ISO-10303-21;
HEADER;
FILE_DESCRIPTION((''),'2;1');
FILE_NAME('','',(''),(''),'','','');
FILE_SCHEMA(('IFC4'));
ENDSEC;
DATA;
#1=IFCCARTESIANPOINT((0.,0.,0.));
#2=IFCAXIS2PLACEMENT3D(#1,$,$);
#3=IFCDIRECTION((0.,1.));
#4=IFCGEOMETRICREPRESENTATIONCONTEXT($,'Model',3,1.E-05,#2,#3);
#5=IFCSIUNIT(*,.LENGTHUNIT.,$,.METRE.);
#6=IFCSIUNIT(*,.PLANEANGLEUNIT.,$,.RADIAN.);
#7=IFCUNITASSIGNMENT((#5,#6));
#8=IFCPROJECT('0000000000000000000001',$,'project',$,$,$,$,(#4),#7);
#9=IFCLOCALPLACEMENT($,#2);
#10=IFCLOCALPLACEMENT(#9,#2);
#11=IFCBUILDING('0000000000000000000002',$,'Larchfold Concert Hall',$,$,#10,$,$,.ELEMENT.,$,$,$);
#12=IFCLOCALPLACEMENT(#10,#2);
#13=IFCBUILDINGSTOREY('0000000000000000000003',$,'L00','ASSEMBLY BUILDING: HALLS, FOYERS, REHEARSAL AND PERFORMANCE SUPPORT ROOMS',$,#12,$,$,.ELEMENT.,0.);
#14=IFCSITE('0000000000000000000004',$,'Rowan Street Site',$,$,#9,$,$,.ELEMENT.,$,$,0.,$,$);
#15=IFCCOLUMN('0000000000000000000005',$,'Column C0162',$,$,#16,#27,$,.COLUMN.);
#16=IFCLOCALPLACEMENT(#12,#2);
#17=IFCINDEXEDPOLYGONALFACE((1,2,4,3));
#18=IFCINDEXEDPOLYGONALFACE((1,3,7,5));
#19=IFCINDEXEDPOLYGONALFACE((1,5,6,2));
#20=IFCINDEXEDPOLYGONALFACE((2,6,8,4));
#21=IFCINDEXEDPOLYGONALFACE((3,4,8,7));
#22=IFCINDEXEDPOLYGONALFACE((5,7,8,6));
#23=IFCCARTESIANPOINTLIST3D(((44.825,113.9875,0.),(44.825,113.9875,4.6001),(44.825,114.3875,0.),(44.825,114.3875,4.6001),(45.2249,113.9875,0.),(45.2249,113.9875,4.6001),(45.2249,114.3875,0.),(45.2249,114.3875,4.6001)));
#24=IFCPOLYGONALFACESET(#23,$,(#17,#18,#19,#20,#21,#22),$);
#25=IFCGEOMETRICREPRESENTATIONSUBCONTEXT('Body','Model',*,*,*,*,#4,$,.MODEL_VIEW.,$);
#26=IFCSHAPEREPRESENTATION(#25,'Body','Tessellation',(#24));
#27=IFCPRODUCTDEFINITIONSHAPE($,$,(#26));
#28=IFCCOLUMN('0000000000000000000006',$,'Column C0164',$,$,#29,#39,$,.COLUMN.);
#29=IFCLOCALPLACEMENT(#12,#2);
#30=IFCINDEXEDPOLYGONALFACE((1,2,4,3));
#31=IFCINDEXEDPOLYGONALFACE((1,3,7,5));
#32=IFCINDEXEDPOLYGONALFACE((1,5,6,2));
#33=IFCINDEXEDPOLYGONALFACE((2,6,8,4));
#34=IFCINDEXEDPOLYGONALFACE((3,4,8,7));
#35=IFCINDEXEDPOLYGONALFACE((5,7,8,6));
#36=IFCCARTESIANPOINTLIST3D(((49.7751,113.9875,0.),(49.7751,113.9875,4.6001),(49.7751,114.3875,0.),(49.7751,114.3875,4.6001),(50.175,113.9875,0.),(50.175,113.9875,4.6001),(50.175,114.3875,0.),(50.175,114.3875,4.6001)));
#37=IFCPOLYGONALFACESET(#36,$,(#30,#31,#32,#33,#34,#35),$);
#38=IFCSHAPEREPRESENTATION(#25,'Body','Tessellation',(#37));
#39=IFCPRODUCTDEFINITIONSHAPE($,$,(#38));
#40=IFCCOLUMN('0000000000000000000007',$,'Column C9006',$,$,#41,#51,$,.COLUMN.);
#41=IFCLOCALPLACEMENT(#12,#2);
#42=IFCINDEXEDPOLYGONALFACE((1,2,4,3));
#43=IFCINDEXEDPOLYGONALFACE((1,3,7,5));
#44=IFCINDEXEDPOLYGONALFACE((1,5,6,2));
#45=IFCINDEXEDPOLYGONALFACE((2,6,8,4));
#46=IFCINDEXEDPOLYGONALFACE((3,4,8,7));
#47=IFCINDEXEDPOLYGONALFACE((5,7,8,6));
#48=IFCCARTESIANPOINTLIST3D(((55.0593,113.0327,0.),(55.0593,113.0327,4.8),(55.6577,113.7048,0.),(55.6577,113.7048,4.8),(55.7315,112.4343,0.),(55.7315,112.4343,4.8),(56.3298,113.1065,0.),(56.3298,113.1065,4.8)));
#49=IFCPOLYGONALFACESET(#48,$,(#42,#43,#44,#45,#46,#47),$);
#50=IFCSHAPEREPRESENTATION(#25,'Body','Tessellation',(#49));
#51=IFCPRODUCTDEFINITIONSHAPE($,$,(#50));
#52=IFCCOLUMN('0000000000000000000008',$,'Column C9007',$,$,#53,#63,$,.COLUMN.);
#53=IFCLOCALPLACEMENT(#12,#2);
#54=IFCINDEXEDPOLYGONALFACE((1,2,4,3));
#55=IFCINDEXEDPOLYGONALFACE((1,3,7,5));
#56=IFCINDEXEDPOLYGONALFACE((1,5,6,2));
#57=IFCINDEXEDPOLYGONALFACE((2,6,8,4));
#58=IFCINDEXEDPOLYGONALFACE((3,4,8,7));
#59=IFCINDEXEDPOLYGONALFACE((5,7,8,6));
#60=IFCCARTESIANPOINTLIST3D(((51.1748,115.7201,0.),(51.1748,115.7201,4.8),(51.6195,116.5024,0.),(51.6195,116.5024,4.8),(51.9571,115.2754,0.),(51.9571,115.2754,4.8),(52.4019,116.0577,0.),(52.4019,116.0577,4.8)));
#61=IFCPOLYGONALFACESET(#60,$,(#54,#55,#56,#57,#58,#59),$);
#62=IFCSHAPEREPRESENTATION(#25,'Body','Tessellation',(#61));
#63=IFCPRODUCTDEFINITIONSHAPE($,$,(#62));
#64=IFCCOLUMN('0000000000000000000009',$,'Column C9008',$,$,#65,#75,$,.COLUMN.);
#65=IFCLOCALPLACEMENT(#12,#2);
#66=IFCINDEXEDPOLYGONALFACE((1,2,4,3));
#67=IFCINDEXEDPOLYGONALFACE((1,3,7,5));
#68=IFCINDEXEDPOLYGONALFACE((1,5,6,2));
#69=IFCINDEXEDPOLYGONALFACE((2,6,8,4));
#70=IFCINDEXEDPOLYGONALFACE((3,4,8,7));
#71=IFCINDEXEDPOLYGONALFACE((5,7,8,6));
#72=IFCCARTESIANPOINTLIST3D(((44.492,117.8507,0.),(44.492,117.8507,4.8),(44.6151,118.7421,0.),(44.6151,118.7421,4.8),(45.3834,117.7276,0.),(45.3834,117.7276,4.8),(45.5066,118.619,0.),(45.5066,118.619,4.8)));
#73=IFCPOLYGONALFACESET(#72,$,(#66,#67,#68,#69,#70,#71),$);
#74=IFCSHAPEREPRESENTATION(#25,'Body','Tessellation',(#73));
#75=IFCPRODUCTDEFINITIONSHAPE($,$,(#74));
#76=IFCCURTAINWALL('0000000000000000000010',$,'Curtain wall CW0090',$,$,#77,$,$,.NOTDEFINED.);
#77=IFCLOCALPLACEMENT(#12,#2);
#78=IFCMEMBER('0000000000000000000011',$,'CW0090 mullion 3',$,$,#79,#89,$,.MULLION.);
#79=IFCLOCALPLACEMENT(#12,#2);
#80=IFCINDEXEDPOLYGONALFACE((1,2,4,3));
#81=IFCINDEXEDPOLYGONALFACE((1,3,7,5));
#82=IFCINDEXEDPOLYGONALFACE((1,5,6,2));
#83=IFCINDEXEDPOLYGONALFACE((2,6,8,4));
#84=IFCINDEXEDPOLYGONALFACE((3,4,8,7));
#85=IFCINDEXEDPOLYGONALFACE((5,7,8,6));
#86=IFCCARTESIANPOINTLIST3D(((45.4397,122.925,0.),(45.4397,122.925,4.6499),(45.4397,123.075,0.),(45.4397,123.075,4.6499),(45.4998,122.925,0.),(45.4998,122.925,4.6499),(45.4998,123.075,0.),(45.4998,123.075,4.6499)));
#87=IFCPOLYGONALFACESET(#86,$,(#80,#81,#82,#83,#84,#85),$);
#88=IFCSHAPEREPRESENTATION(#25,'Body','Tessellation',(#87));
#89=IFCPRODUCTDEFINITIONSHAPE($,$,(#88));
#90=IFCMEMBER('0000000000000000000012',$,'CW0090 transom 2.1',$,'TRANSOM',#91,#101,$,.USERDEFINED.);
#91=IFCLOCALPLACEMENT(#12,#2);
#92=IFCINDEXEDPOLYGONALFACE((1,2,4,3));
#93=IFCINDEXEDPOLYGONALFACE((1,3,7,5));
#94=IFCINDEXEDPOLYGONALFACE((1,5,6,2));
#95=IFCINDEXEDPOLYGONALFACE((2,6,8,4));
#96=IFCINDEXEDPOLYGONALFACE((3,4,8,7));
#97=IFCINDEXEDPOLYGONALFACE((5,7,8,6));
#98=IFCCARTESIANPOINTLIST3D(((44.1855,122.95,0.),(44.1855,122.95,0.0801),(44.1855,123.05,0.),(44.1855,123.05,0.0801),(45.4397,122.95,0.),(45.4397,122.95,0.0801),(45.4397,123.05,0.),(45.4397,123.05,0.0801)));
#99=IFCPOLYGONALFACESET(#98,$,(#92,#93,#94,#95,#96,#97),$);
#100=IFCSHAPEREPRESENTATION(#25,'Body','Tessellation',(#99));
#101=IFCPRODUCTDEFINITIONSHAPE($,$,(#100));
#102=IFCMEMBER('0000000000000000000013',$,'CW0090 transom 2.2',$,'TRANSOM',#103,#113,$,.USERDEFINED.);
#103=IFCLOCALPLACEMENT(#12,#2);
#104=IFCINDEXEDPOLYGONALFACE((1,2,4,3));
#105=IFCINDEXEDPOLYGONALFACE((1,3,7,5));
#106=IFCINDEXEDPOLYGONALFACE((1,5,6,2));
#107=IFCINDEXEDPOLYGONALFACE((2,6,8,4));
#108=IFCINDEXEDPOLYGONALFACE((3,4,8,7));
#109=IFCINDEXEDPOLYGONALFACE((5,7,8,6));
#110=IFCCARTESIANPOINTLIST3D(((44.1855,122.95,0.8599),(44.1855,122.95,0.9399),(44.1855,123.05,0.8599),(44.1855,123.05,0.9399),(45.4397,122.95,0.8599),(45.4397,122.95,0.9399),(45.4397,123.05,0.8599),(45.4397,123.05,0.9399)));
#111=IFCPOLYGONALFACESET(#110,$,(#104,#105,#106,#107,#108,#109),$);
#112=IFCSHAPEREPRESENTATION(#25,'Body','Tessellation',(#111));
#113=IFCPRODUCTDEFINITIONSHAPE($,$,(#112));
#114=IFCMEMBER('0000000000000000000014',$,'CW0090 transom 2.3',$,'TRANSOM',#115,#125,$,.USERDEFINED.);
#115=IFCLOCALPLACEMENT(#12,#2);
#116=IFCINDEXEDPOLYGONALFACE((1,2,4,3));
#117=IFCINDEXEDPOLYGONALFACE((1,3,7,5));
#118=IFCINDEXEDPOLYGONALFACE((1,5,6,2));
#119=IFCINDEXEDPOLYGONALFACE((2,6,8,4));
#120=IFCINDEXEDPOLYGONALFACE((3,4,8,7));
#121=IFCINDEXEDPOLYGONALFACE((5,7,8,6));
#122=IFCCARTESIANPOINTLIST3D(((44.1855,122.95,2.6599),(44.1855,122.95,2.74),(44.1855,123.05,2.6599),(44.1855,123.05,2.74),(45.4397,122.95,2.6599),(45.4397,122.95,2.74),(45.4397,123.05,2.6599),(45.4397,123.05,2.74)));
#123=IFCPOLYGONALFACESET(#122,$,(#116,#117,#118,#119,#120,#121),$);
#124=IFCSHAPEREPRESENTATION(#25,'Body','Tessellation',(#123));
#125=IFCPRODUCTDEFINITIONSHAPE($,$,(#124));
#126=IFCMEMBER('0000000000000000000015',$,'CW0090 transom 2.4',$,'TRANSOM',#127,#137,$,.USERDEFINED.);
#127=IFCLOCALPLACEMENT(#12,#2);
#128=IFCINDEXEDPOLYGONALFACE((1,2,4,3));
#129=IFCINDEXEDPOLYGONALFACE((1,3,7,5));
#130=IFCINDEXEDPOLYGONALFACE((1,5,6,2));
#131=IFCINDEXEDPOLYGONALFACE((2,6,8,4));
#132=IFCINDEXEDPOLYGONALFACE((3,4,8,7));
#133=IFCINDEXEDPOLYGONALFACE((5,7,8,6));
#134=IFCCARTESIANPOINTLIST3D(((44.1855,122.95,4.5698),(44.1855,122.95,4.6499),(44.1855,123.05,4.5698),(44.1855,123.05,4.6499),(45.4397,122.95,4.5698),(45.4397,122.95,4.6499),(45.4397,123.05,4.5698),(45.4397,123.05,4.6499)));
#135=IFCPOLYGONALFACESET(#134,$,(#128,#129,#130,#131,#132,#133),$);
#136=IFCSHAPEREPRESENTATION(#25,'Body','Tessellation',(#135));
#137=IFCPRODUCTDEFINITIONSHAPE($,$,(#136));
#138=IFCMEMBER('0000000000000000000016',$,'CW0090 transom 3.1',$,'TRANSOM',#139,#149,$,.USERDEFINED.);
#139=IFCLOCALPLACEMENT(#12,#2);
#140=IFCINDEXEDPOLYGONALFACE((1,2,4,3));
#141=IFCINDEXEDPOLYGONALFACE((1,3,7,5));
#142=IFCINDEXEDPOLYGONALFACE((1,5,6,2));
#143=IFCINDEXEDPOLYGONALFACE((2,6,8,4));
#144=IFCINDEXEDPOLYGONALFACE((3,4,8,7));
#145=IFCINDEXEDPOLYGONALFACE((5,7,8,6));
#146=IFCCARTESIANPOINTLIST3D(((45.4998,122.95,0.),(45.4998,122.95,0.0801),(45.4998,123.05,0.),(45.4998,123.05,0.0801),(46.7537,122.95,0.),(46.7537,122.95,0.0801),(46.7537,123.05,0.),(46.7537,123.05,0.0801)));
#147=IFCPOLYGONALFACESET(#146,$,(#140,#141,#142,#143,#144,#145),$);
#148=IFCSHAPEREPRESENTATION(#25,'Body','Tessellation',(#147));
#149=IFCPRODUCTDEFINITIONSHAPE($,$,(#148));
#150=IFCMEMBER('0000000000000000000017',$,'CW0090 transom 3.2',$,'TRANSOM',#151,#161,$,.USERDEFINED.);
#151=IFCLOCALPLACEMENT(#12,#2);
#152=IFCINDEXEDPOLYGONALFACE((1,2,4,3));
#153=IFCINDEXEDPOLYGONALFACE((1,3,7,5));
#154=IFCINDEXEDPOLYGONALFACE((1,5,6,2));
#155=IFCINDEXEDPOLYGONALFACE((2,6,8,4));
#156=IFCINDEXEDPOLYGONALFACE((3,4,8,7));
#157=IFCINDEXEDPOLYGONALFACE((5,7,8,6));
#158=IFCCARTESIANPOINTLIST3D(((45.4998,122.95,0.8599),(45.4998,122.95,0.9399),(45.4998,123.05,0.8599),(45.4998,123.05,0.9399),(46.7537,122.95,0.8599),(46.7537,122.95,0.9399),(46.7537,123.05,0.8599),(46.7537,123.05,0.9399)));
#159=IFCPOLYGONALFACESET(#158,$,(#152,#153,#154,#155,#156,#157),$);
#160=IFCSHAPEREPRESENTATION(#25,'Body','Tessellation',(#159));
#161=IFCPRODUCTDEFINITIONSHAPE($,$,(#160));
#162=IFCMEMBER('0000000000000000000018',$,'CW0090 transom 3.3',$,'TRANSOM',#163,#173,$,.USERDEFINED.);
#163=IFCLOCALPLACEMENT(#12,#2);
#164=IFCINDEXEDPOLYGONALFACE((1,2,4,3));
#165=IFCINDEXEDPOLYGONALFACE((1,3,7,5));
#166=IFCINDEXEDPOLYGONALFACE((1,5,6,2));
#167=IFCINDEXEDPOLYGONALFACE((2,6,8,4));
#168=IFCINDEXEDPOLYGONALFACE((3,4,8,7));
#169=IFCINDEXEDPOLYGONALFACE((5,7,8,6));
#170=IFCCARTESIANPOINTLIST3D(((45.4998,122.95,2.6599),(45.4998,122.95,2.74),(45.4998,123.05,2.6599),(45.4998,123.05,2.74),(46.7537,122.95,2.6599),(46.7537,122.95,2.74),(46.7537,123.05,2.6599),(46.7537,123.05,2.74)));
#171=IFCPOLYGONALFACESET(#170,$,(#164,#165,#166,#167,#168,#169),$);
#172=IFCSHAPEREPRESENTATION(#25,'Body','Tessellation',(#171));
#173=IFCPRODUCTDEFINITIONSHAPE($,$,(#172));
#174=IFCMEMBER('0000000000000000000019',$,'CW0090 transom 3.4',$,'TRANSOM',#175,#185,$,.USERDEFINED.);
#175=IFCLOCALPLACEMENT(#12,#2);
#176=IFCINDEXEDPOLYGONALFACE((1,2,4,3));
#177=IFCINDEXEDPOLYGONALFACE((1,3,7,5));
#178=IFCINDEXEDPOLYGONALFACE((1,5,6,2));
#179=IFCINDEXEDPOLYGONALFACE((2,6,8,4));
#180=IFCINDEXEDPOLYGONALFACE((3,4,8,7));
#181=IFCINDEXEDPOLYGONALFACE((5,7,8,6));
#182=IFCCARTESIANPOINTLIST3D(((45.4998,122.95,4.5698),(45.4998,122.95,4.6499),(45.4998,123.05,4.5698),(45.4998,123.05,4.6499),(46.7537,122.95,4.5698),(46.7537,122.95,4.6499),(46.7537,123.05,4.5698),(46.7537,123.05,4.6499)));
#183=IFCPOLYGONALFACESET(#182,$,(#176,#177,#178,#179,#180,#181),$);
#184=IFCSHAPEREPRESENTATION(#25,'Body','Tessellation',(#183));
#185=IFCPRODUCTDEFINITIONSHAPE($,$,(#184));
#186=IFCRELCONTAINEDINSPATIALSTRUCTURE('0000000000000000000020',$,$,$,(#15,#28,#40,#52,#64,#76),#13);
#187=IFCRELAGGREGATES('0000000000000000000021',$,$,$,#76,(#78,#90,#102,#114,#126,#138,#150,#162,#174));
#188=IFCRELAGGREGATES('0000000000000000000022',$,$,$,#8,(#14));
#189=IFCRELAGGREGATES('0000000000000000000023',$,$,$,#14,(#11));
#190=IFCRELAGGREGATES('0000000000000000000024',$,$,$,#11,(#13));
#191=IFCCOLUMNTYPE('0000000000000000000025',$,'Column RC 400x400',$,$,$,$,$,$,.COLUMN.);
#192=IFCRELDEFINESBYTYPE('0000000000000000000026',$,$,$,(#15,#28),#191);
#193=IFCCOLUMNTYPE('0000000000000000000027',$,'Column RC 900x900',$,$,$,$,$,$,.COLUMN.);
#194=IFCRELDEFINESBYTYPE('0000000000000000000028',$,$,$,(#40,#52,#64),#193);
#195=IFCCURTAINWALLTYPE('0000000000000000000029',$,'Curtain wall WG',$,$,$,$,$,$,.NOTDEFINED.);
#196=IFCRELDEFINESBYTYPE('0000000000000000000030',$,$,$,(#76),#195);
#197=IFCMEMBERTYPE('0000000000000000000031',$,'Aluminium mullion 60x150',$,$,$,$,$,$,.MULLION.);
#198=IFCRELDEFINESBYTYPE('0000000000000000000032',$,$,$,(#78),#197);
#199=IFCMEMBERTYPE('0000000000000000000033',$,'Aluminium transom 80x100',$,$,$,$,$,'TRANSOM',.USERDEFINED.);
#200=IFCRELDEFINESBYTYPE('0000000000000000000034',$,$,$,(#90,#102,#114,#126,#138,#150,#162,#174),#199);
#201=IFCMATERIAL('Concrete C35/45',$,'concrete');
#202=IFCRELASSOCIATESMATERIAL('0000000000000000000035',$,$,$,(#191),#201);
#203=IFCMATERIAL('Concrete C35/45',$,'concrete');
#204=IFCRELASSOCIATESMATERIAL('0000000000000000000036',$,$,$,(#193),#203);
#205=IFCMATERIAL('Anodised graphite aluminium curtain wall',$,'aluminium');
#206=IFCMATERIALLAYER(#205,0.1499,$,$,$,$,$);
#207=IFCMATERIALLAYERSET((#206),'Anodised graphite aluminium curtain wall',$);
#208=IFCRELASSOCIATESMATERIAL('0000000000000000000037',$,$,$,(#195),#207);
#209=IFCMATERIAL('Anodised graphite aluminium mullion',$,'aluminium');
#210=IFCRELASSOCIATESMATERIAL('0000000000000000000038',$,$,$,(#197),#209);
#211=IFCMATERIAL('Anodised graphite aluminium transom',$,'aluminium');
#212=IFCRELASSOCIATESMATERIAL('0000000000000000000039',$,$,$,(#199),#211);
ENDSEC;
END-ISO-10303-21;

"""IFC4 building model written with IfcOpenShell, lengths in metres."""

from ifc_helpers import new_model, si_unit, direction, frame, origin, origin_2d, place, context, subcontext, project, spatial, rectangle, extrude, material, layer, layer_set, material_profile, profile_set, type_object, element, aggregate, save


model = new_model("IFC4")

# Units and contexts
model_context = context("Model", 3, precision=1e-05, world=origin(), true_north=direction((0.0, 1.0)))
body_context = subcontext(model_context, "Body", "Model", "MODEL_VIEW")
ifc_project = project(units=[si_unit("LENGTHUNIT", "METRE"), si_unit("PLANEANGLEUNIT", "RADIAN")], contexts=[model_context])

# Site, building, storey
site_placement = place(None, origin())
site = spatial("IfcSite", under=ifc_project, at=site_placement, Name="Rowan Street Site", CompositionType="ELEMENT", RefElevation=0.0)
building_placement = place(site_placement, origin())
building = spatial("IfcBuilding", under=site, at=building_placement, Name="Larchfold Concert Hall", CompositionType="ELEMENT")
storey_placement = place(building_placement, origin())
storey = spatial("IfcBuildingStorey", under=building, at=storey_placement, Name="L00", Description="ASSEMBLY BUILDING: HALLS, FOYERS, REHEARSAL AND PERFORMANCE SUPPORT ROOMS", CompositionType="ELEMENT", Elevation=0.0)

# Columns
ifc_material_1 = material(Name="Concrete C35/45", Category="concrete")
ifc_material_profile_1 = material_profile(ifc_material_1, rectangle(XDim=0.3999, YDim=0.3999, at=origin_2d()))
ifc_profile_set_1 = profile_set([ifc_material_profile_1], Name="Concrete C35/45")
column_type_1 = type_object("IfcColumnType", Name="Column RC 400x400", PredefinedType="COLUMN", material=ifc_profile_set_1)
for number, where, z_axis, x_axis, name in (
    (1, (45.0249, 114.1875, 0.0), (0.0, 0.0, 1.0), (1.0, 0.0, 0.0), "Column C0162"),
    (2, (49.9751, 114.1875, 0.0), (0.0, 0.0, 1.0), (1.0, 0.0, 0.0), "Column C0164"),
):
    element("IfcColumn", number, at=place(storey_placement, frame(where, z_axis=z_axis, x_axis=x_axis)), inside=storey, type_object=column_type_1, Name=name, PredefinedType="COLUMN", context=body_context, shape_type="SweptSolid", body=[
        extrude(rectangle(XDim=0.3999, YDim=0.3999, at=origin_2d()), origin(), (0.0, 0.0, 1.0), 4.6001),
    ])
ifc_material_2 = material(Name="Concrete C35/45", Category="concrete")
ifc_material_profile_2 = material_profile(ifc_material_2, rectangle(XDim=0.8999, YDim=0.8999, at=origin_2d()))
ifc_profile_set_2 = profile_set([ifc_material_profile_2], Name="Concrete C35/45")
column_type_2 = type_object("IfcColumnType", Name="Column RC 900x900", PredefinedType="COLUMN", material=ifc_profile_set_2)
for number, where, z_axis, x_axis, name in (
    (3, (55.6946, 113.0696, 0.0), (0.0, 0.0, 1.0), (0.664882, 0.746949, 0.0), "Column C9006"),
    (4, (51.7883, 115.8889, 0.0), (0.0, 0.0, 1.0), (0.494204, 0.869346, 0.0), "Column C9007"),
    (5, (44.9993, 118.2349, 0.0), (0.0, 0.0, 1.0), (0.136831, 0.990594, 0.0), "Column C9008"),
):
    element("IfcColumn", number, at=place(storey_placement, frame(where, z_axis=z_axis, x_axis=x_axis)), inside=storey, type_object=column_type_2, Name=name, PredefinedType="COLUMN", context=body_context, shape_type="SweptSolid", body=[
        extrude(rectangle(XDim=0.8999, YDim=0.8999, at=origin_2d()), origin(), (0.0, 0.0, 1.0), 4.8),
    ])

# Curtain wall, members
ifc_material_3 = material(Name="Anodised graphite aluminium curtain wall", Category="aluminium")
ifc_layer_1 = layer(ifc_material_3, 0.1499)
ifc_layer_set_1 = layer_set([ifc_layer_1], Name="Anodised graphite aluminium curtain wall")
curtain_wall_type = type_object("IfcCurtainWallType", Name="Curtain wall WG", PredefinedType="NOTDEFINED", material=ifc_layer_set_1)
curtain_wall_placement = place(storey_placement, origin())
curtain_wall = element("IfcCurtainWall", 6, at=curtain_wall_placement, inside=storey, type_object=curtain_wall_type, Name="Curtain wall CW0090", PredefinedType="NOTDEFINED")
ifc_material_4 = material(Name="Anodised graphite aluminium mullion", Category="aluminium")
ifc_material_profile_3 = material_profile(ifc_material_4, rectangle(XDim=0.1499, YDim=0.0601, at=origin_2d()))
ifc_profile_set_3 = profile_set([ifc_material_profile_3], Name="Anodised graphite aluminium mullion")
member_type_1 = type_object("IfcMemberType", Name="Aluminium mullion 60x150", PredefinedType="MULLION", material=ifc_profile_set_3)
member_1_placement = place(storey_placement, frame((45.4697, 123.0, 0.0), z_axis=(0.0, 0.0, 1.0), x_axis=(0.0, 1.0, 0.0)))
member_1 = element("IfcMember", 7, at=member_1_placement, type_object=member_type_1, Name="CW0090 mullion 3", PredefinedType="MULLION", context=body_context, shape_type="SweptSolid", body=[
    extrude(rectangle(XDim=0.1499, YDim=0.0601, at=origin_2d()), origin(), (0.0, 0.0, 1.0), 4.6499),
])
ifc_material_5 = material(Name="Anodised graphite aluminium transom", Category="aluminium")
ifc_material_profile_4 = material_profile(ifc_material_5, rectangle(XDim=0.1001, YDim=0.0801, at=origin_2d()))
ifc_profile_set_4 = profile_set([ifc_material_profile_4], Name="Anodised graphite aluminium transom")
member_type_2 = type_object("IfcMemberType", Name="Aluminium transom 80x100", ElementType="TRANSOM", PredefinedType="USERDEFINED", material=ifc_profile_set_4)
member_2_placement = place(storey_placement, frame((44.1855, 123.0, 0.04), z_axis=(1.0, 0.0, 0.0), x_axis=(0.0, 1.0, 0.0)))
member_2 = element("IfcMember", 8, at=member_2_placement, type_object=member_type_2, Name="CW0090 transom 2.1", ObjectType="TRANSOM", PredefinedType="USERDEFINED", context=body_context, shape_type="SweptSolid", body=[
    extrude(rectangle(XDim=0.1001, YDim=0.0801, at=origin_2d()), origin(), (0.0, 0.0, 1.0), 1.2542),
])
member_3_placement = place(storey_placement, frame((44.1855, 123.0, 0.8999), z_axis=(1.0, 0.0, 0.0), x_axis=(0.0, 1.0, 0.0)))
member_3 = element("IfcMember", 9, at=member_3_placement, type_object=member_type_2, Name="CW0090 transom 2.2", ObjectType="TRANSOM", PredefinedType="USERDEFINED", context=body_context, shape_type="SweptSolid", body=[
    extrude(rectangle(XDim=0.1001, YDim=0.0801, at=origin_2d()), origin(), (0.0, 0.0, 1.0), 1.2542),
])
member_4_placement = place(storey_placement, frame((44.1855, 123.0, 2.7), z_axis=(1.0, 0.0, 0.0), x_axis=(0.0, 1.0, 0.0)))
member_4 = element("IfcMember", 10, at=member_4_placement, type_object=member_type_2, Name="CW0090 transom 2.3", ObjectType="TRANSOM", PredefinedType="USERDEFINED", context=body_context, shape_type="SweptSolid", body=[
    extrude(rectangle(XDim=0.1001, YDim=0.0801, at=origin_2d()), origin(), (0.0, 0.0, 1.0), 1.2542),
])
member_5_placement = place(storey_placement, frame((44.1855, 123.0, 4.6099), z_axis=(1.0, 0.0, 0.0), x_axis=(0.0, 1.0, 0.0)))
member_5 = element("IfcMember", 11, at=member_5_placement, type_object=member_type_2, Name="CW0090 transom 2.4", ObjectType="TRANSOM", PredefinedType="USERDEFINED", context=body_context, shape_type="SweptSolid", body=[
    extrude(rectangle(XDim=0.1001, YDim=0.0801, at=origin_2d()), origin(), (0.0, 0.0, 1.0), 1.2542),
])
member_6_placement = place(storey_placement, frame((45.4998, 123.0, 0.04), z_axis=(1.0, 0.0, 0.0), x_axis=(0.0, 1.0, 0.0)))
member_6 = element("IfcMember", 12, at=member_6_placement, type_object=member_type_2, Name="CW0090 transom 3.1", ObjectType="TRANSOM", PredefinedType="USERDEFINED", context=body_context, shape_type="SweptSolid", body=[
    extrude(rectangle(XDim=0.1001, YDim=0.0801, at=origin_2d()), origin(), (0.0, 0.0, 1.0), 1.2539),
])
member_7_placement = place(storey_placement, frame((45.4998, 123.0, 0.8999), z_axis=(1.0, 0.0, 0.0), x_axis=(0.0, 1.0, 0.0)))
member_7 = element("IfcMember", 13, at=member_7_placement, type_object=member_type_2, Name="CW0090 transom 3.2", ObjectType="TRANSOM", PredefinedType="USERDEFINED", context=body_context, shape_type="SweptSolid", body=[
    extrude(rectangle(XDim=0.1001, YDim=0.0801, at=origin_2d()), origin(), (0.0, 0.0, 1.0), 1.2539),
])
member_8_placement = place(storey_placement, frame((45.4998, 123.0, 2.7), z_axis=(1.0, 0.0, 0.0), x_axis=(0.0, 1.0, 0.0)))
member_8 = element("IfcMember", 14, at=member_8_placement, type_object=member_type_2, Name="CW0090 transom 3.3", ObjectType="TRANSOM", PredefinedType="USERDEFINED", context=body_context, shape_type="SweptSolid", body=[
    extrude(rectangle(XDim=0.1001, YDim=0.0801, at=origin_2d()), origin(), (0.0, 0.0, 1.0), 1.2539),
])
member_9_placement = place(storey_placement, frame((45.4998, 123.0, 4.6099), z_axis=(1.0, 0.0, 0.0), x_axis=(0.0, 1.0, 0.0)))
member_9 = element("IfcMember", 15, at=member_9_placement, type_object=member_type_2, Name="CW0090 transom 3.4", ObjectType="TRANSOM", PredefinedType="USERDEFINED", context=body_context, shape_type="SweptSolid", body=[
    extrude(rectangle(XDim=0.1001, YDim=0.0801, at=origin_2d()), origin(), (0.0, 0.0, 1.0), 1.2539),
])

aggregate(curtain_wall, [member_1, member_2, member_3, member_4, member_5, member_6, member_7, member_8, member_9])

save(model, "model.ifc")
